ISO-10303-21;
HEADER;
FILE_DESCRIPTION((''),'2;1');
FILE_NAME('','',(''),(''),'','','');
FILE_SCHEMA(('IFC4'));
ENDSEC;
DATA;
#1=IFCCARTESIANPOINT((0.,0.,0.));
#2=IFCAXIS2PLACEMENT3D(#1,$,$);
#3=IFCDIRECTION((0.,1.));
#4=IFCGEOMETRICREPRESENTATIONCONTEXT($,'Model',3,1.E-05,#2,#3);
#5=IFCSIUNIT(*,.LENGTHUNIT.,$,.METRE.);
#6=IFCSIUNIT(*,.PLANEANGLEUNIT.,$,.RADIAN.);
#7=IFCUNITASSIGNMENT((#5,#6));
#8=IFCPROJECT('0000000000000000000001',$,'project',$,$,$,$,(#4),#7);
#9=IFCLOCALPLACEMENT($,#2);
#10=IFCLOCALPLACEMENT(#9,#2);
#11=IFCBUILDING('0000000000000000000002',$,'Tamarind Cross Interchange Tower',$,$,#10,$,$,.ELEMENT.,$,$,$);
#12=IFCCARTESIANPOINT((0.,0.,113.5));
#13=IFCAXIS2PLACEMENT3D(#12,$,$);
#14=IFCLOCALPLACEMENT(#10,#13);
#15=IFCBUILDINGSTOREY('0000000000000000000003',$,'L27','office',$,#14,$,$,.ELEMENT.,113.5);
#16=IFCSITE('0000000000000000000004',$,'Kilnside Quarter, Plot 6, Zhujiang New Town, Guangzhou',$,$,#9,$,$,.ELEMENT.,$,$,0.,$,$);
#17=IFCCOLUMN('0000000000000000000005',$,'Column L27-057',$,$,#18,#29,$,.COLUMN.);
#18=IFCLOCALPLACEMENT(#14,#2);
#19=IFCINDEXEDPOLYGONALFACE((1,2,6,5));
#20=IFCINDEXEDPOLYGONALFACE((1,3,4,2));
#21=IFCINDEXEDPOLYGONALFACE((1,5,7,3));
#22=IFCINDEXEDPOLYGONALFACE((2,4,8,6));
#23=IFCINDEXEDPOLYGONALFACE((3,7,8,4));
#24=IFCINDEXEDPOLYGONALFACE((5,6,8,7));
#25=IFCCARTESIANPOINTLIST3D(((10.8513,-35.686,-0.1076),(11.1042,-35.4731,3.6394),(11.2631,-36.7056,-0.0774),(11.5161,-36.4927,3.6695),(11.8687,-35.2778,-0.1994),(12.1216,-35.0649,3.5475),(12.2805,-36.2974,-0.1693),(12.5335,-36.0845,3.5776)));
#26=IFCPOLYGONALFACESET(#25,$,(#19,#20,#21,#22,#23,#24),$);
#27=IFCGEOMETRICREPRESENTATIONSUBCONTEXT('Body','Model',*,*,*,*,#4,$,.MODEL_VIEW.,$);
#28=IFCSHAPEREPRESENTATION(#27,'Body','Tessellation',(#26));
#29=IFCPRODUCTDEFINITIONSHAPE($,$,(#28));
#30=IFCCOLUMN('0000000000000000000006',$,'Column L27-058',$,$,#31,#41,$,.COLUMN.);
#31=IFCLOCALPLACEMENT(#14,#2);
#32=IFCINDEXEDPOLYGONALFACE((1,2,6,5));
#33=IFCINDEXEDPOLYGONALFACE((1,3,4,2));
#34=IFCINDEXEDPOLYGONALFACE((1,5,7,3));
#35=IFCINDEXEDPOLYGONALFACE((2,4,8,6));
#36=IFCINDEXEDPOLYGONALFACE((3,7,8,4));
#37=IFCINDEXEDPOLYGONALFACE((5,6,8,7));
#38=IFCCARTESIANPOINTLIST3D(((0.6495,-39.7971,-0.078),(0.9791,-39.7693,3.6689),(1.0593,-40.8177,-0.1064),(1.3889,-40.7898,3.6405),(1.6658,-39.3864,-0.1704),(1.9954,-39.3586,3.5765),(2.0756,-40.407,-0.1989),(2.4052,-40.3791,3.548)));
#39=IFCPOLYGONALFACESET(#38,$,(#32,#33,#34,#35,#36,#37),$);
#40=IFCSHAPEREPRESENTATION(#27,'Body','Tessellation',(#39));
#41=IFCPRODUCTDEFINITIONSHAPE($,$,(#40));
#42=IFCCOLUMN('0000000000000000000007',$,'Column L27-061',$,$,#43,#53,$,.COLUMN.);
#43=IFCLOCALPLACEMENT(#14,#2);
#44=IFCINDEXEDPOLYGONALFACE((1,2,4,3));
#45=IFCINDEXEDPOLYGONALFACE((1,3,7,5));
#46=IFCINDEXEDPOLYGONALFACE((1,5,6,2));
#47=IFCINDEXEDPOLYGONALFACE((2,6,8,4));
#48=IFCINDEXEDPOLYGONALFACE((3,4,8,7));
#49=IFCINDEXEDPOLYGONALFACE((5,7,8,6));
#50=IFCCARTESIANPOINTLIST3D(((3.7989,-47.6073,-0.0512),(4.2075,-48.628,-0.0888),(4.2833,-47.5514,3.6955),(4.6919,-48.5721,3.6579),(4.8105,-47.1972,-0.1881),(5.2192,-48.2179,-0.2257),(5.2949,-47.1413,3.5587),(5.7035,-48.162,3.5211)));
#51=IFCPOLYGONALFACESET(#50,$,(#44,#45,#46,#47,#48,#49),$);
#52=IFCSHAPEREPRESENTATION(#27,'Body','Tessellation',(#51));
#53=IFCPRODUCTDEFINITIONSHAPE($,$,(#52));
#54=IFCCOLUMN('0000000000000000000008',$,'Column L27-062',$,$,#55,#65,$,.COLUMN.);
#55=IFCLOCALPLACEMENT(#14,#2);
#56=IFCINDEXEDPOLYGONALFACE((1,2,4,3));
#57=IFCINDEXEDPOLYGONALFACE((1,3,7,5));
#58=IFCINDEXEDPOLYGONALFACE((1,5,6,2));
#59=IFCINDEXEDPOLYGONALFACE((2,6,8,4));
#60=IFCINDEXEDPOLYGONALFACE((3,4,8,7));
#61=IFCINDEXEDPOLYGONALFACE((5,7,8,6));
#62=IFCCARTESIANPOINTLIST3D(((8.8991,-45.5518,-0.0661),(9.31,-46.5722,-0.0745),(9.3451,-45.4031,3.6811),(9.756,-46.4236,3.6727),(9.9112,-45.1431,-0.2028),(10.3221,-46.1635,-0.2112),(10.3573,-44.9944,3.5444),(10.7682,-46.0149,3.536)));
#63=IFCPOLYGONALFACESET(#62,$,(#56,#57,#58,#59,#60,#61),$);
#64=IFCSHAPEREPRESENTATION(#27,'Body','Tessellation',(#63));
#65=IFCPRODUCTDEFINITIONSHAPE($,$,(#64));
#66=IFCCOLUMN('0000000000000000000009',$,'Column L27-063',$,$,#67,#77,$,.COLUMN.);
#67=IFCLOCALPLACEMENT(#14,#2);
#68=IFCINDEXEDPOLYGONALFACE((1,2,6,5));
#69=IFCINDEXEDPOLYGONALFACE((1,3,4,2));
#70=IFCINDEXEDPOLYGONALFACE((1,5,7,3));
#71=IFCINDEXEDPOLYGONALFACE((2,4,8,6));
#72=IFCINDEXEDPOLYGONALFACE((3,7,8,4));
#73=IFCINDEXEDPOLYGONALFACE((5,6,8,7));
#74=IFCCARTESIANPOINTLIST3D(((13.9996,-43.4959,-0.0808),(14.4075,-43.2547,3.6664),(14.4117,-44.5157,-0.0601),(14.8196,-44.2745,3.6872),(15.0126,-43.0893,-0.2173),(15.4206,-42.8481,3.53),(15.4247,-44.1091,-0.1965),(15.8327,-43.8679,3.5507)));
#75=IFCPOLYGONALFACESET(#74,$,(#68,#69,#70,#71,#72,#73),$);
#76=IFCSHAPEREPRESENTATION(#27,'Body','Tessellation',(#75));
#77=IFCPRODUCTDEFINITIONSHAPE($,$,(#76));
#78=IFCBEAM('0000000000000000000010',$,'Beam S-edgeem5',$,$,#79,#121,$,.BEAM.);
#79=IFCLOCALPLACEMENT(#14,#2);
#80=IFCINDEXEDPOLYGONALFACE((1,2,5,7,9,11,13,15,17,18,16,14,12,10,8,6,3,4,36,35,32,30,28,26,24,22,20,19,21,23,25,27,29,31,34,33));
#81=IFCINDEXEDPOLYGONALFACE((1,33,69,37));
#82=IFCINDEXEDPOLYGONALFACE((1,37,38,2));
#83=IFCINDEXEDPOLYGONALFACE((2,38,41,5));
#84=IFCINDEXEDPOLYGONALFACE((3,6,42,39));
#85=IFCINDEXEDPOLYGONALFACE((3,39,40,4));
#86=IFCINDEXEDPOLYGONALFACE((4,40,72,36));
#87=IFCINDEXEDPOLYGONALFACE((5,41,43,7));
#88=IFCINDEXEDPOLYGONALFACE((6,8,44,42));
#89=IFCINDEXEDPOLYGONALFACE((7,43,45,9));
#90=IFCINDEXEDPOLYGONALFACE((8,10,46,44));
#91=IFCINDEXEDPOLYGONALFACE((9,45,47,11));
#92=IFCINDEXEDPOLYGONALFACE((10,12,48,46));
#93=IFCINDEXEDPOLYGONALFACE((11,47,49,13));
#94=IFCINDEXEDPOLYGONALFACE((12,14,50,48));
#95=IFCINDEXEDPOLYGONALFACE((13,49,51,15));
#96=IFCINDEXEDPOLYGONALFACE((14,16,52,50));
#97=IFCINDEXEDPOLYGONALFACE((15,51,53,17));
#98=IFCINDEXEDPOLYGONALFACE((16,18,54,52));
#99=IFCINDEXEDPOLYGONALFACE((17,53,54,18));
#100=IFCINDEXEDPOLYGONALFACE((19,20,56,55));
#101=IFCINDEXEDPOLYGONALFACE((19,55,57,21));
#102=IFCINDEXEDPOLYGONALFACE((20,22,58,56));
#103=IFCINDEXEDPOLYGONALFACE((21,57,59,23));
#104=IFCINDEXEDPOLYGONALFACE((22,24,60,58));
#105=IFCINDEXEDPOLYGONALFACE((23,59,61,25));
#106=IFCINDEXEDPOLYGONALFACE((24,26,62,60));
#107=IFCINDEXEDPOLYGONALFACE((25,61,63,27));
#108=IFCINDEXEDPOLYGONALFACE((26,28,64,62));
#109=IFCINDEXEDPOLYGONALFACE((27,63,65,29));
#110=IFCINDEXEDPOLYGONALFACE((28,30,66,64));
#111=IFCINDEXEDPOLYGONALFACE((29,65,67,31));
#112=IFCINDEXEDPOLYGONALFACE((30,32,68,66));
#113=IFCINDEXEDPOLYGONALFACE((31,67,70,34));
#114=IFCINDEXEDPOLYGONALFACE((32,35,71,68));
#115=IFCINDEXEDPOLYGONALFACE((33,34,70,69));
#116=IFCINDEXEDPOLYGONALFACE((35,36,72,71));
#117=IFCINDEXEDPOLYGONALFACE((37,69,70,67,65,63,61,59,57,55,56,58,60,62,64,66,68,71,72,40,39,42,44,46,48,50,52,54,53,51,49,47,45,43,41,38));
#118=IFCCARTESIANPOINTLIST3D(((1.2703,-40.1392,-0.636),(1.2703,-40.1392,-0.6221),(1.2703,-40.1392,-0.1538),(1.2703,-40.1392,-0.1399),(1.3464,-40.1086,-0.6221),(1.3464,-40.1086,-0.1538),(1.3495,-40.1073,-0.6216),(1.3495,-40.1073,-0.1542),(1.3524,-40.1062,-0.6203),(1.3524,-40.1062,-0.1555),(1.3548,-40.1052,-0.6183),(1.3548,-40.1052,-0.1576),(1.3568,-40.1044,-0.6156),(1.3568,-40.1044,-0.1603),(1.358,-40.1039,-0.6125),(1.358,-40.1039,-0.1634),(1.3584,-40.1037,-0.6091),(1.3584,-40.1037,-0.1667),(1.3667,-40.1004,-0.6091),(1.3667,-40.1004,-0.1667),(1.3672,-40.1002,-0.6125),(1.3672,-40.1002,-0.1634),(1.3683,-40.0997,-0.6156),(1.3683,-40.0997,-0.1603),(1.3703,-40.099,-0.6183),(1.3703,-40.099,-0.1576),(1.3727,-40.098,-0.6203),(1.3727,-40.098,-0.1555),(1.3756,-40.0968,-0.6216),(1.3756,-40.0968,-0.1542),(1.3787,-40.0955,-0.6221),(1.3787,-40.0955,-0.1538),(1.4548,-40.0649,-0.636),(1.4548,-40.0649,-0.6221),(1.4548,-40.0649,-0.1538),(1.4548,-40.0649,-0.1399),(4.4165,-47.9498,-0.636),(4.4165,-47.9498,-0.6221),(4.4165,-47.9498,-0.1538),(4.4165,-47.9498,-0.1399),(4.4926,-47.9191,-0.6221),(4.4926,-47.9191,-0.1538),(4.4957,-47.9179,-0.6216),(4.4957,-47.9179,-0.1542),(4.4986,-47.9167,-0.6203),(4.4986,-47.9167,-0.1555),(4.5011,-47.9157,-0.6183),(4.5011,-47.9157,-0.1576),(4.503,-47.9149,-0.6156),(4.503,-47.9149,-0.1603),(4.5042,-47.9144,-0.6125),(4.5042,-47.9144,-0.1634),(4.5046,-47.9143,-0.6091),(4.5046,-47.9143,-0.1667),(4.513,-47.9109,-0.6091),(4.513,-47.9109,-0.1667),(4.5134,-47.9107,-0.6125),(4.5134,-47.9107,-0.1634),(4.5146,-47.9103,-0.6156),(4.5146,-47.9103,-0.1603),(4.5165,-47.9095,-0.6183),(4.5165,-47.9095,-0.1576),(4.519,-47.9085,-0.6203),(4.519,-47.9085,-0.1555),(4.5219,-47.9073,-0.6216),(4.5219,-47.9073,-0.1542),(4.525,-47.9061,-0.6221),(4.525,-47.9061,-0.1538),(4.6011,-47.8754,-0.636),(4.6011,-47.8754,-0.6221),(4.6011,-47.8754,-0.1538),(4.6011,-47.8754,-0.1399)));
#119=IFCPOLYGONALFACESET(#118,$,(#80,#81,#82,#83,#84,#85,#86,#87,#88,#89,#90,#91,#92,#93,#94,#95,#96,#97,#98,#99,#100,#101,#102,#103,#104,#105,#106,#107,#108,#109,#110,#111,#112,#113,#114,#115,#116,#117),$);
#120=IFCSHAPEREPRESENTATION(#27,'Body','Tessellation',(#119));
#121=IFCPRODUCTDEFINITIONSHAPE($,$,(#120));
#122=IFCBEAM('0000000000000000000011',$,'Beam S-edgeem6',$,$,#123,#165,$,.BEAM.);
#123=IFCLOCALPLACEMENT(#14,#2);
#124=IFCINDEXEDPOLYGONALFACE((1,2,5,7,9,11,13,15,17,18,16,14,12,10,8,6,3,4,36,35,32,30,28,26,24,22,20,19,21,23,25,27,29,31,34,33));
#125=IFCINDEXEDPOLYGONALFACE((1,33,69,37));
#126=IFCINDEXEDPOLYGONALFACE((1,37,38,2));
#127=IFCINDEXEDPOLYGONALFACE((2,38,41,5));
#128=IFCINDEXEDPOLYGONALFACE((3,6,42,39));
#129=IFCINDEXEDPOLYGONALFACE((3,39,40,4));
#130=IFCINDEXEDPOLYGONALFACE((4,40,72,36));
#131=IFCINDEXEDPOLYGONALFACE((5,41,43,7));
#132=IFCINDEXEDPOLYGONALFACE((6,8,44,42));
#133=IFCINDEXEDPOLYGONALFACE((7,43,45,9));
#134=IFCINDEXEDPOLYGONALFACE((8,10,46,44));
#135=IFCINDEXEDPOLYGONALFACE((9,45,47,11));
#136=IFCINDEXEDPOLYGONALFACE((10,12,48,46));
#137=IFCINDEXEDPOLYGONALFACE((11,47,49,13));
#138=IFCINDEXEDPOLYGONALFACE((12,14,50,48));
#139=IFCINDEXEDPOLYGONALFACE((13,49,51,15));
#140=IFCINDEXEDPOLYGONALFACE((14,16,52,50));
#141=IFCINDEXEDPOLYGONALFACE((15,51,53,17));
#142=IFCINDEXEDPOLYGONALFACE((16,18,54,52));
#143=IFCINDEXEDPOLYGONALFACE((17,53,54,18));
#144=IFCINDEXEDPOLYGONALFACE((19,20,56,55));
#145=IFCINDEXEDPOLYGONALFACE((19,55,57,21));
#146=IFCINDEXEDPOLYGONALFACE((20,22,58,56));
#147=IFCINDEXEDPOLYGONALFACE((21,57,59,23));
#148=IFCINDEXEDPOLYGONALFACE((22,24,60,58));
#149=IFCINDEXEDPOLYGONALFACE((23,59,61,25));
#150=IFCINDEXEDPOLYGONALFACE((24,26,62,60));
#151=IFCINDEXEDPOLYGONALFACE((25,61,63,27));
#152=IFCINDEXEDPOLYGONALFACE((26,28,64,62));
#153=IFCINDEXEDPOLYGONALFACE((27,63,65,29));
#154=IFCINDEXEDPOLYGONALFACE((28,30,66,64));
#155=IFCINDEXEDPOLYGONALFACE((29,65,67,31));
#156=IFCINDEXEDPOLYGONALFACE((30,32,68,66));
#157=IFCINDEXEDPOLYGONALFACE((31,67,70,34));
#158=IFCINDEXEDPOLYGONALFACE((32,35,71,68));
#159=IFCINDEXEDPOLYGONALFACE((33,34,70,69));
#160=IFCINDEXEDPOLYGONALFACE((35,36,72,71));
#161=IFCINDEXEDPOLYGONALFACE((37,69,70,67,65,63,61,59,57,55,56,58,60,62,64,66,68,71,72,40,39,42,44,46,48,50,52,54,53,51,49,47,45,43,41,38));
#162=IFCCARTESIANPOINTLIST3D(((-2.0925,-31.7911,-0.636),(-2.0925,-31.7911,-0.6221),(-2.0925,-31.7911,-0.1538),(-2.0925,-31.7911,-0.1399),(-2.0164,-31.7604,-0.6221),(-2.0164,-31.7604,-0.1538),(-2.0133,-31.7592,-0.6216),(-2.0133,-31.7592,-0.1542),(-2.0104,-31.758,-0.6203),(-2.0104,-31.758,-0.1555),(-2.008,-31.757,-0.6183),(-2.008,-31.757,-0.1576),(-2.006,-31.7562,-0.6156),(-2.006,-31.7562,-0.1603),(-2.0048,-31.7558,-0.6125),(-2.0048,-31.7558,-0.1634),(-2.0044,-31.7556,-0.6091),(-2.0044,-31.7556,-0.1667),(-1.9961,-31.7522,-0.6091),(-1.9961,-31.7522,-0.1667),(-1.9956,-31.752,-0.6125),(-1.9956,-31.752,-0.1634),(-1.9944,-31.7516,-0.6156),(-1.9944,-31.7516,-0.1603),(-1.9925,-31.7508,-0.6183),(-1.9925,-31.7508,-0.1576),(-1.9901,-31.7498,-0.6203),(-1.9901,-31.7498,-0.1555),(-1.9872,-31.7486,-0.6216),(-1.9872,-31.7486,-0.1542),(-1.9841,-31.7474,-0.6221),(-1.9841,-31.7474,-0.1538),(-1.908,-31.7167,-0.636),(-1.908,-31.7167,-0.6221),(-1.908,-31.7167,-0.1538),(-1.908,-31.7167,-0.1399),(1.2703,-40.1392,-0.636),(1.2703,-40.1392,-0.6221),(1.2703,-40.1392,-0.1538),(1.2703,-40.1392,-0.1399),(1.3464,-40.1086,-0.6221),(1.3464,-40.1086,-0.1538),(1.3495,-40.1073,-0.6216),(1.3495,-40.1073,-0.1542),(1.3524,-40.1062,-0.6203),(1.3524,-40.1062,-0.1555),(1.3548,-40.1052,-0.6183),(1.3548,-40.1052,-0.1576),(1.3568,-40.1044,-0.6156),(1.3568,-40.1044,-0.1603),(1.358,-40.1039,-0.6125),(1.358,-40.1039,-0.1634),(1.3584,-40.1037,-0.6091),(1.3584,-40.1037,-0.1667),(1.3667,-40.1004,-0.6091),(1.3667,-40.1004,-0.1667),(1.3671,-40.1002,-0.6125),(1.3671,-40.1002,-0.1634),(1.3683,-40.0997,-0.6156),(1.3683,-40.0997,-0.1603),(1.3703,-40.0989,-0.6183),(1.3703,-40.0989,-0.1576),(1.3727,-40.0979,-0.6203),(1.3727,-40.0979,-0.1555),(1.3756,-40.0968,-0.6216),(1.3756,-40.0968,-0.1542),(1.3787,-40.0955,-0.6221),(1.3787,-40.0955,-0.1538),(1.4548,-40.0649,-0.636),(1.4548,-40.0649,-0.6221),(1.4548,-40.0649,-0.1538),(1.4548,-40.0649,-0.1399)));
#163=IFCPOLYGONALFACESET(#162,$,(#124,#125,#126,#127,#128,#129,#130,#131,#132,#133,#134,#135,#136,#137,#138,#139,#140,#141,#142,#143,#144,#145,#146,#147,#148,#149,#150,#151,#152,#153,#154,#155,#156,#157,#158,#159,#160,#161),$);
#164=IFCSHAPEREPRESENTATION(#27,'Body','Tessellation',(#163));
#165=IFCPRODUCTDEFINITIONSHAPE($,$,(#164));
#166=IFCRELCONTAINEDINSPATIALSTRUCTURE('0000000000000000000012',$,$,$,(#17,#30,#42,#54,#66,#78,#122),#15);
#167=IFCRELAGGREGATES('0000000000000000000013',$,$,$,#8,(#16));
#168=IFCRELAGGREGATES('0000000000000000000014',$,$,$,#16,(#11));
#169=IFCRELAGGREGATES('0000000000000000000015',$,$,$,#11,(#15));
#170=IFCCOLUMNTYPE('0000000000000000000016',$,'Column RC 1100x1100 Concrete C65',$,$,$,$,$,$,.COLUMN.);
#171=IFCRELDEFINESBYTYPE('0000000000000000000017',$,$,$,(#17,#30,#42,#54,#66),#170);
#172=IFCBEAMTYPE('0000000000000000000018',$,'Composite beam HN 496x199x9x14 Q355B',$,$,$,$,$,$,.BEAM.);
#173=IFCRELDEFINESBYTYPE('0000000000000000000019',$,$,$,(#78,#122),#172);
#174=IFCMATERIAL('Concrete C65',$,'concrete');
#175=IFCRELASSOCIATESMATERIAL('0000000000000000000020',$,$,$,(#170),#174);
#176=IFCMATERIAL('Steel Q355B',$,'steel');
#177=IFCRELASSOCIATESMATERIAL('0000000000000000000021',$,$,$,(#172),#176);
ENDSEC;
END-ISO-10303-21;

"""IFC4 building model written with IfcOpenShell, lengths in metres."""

from ifc_helpers import new_model, si_unit, direction, frame, origin, origin_2d, place, context, subcontext, project, spatial, rectangle, i_section, extrude, material, material_profile, profile_set, type_object, element, save


model = new_model("IFC4")

# Units and contexts
model_context = context("Model", 3, precision=1e-05, world=origin(), true_north=direction((0.0, 1.0)))
body_context = subcontext(model_context, "Body", "Model", "MODEL_VIEW")
ifc_project = project(units=[si_unit("LENGTHUNIT", "METRE"), si_unit("PLANEANGLEUNIT", "RADIAN")], contexts=[model_context])

# Site, building, storey
site_placement = place(None, origin())
site = spatial("IfcSite", under=ifc_project, at=site_placement, Name="Kilnside Quarter, Plot 6, Zhujiang New Town, Guangzhou", CompositionType="ELEMENT", RefElevation=0.0)
building_placement = place(site_placement, origin())
building = spatial("IfcBuilding", under=site, at=building_placement, Name="Tamarind Cross Interchange Tower", CompositionType="ELEMENT")
storey_placement = place(building_placement, frame((0.0, 0.0, 113.5)))
storey = spatial("IfcBuildingStorey", under=building, at=storey_placement, Name="L27", Description="office", CompositionType="ELEMENT", Elevation=113.5)

# Columns
ifc_material_1 = material(Name="Concrete C65", Category="concrete")
ifc_material_profile_1 = material_profile(ifc_material_1, rectangle(XDim=1.1001, YDim=1.1001, at=origin_2d()), Name="RC 1100x1100")
ifc_profile_set_1 = profile_set([ifc_material_profile_1], Name="Concrete C65")
column_type = type_object("IfcColumnType", Name="Column RC 1100x1100 Concrete C65", PredefinedType="COLUMN", material=ifc_profile_set_1)
for number, where, z_axis, x_axis, name in (
    (1, (11.5659, -35.9917, -0.1384), (0.067244, 0.056599, 0.99613), (-0.924838, -0.37108, 0.083516), "Column L27-057"),
    (2, (1.3625, -40.1021, -0.1384), (0.087624, 0.007399, 0.996126), (-0.372514, 0.927666, 0.025877), "Column L27-058"),
):
    element("IfcColumn", number, at=place(storey_placement, frame(where, z_axis=z_axis, x_axis=x_axis)), inside=storey, type_object=column_type, Name=name, PredefinedType="COLUMN", context=body_context, shape_type="SweptSolid", body=[
        extrude(rectangle(XDim=1.1001, YDim=1.1001, at=origin_2d()), origin(), (0.0, 0.0, 1.0), 3.7615),
    ])
column_1_placement = place(storey_placement, frame((4.509, -47.9126, -0.1384), z_axis=(0.128195, 0.014797, 0.991639), x_axis=(-0.371452, 0.927823, 0.034175)))
element("IfcColumn", 3, at=column_1_placement, inside=storey, type_object=column_type, Name="Column L27-061", PredefinedType="COLUMN", context=body_context, shape_type="SweptSolid", body=[
    extrude(rectangle(XDim=1.1001, YDim=1.1001, at=origin_2d()), origin(), (0.0, 0.0, 1.0), 3.7783),
])
column_2_placement = place(storey_placement, frame((9.6106, -45.8577, -0.1387), z_axis=(0.118105, 0.039368, 0.99222), x_axis=(-0.373513, 0.927593, 0.007655)))
element("IfcColumn", 4, at=column_2_placement, inside=storey, type_object=column_type, Name="Column L27-062", PredefinedType="COLUMN", context=body_context, shape_type="SweptSolid", body=[
    extrude(rectangle(XDim=1.1001, YDim=1.1001, at=origin_2d()), origin(), (0.0, 0.0, 1.0), 3.7766),
])
column_3_placement = place(storey_placement, frame((14.7122, -43.8025, -0.1387), z_axis=(0.108007, 0.06386, 0.992097), x_axis=(-0.920866, -0.36962, 0.124044)))
element("IfcColumn", 5, at=column_3_placement, inside=storey, type_object=column_type, Name="Column L27-063", PredefinedType="COLUMN", context=body_context, shape_type="SweptSolid", body=[
    extrude(rectangle(XDim=1.1001, YDim=1.1001, at=origin_2d()), origin(), (0.0, 0.0, 1.0), 3.7771),
])

# Beams
ifc_material_2 = material(Name="Steel Q355B", Category="steel")
ifc_material_profile_2 = material_profile(ifc_material_2, i_section(OverallWidth=0.199, OverallDepth=0.4961, WebThickness=0.009, FlangeThickness=0.0139, FilletRadius=0.0129, at=origin_2d()), Name="HN 496x199x9x14")
ifc_profile_set_2 = profile_set([ifc_material_profile_2], Name="Steel Q355B")
beam_type_1 = type_object("IfcBeamType", Name="Composite beam HN 496x199x9x14 Q355B", PredefinedType="BEAM", material=ifc_profile_set_2)
beam_1_placement = place(storey_placement, frame((4.5088, -47.9126, -0.3879), z_axis=(-0.373644, 0.927572, 0.0), x_axis=(-0.927572, -0.373644, 0.0)))
element("IfcBeam", 6, at=beam_1_placement, inside=storey, type_object=beam_type_1, Name="Beam S-edgeem5", PredefinedType="BEAM", context=body_context, shape_type="SweptSolid", body=[
    extrude(i_section(OverallWidth=0.199, OverallDepth=0.4961, WebThickness=0.009, FlangeThickness=0.0139, FilletRadius=0.0129, at=origin_2d()), origin(), (0.0, 0.0, 1.0), 8.4204),
])
beam_2_placement = place(storey_placement, frame((1.3625, -40.1021, -0.3879), z_axis=(-0.373644, 0.927572, 0.0), x_axis=(-0.927572, -0.373644, 0.0)))
element("IfcBeam", 7, at=beam_2_placement, inside=storey, type_object=beam_type_1, Name="Beam S-edgeem6", PredefinedType="BEAM", context=body_context, shape_type="SweptSolid", body=[
    extrude(i_section(OverallWidth=0.199, OverallDepth=0.4961, WebThickness=0.009, FlangeThickness=0.0139, FilletRadius=0.0129, at=origin_2d()), origin(), (0.0, 0.0, 1.0), 9.0),
])

save(model, "model.ifc")
